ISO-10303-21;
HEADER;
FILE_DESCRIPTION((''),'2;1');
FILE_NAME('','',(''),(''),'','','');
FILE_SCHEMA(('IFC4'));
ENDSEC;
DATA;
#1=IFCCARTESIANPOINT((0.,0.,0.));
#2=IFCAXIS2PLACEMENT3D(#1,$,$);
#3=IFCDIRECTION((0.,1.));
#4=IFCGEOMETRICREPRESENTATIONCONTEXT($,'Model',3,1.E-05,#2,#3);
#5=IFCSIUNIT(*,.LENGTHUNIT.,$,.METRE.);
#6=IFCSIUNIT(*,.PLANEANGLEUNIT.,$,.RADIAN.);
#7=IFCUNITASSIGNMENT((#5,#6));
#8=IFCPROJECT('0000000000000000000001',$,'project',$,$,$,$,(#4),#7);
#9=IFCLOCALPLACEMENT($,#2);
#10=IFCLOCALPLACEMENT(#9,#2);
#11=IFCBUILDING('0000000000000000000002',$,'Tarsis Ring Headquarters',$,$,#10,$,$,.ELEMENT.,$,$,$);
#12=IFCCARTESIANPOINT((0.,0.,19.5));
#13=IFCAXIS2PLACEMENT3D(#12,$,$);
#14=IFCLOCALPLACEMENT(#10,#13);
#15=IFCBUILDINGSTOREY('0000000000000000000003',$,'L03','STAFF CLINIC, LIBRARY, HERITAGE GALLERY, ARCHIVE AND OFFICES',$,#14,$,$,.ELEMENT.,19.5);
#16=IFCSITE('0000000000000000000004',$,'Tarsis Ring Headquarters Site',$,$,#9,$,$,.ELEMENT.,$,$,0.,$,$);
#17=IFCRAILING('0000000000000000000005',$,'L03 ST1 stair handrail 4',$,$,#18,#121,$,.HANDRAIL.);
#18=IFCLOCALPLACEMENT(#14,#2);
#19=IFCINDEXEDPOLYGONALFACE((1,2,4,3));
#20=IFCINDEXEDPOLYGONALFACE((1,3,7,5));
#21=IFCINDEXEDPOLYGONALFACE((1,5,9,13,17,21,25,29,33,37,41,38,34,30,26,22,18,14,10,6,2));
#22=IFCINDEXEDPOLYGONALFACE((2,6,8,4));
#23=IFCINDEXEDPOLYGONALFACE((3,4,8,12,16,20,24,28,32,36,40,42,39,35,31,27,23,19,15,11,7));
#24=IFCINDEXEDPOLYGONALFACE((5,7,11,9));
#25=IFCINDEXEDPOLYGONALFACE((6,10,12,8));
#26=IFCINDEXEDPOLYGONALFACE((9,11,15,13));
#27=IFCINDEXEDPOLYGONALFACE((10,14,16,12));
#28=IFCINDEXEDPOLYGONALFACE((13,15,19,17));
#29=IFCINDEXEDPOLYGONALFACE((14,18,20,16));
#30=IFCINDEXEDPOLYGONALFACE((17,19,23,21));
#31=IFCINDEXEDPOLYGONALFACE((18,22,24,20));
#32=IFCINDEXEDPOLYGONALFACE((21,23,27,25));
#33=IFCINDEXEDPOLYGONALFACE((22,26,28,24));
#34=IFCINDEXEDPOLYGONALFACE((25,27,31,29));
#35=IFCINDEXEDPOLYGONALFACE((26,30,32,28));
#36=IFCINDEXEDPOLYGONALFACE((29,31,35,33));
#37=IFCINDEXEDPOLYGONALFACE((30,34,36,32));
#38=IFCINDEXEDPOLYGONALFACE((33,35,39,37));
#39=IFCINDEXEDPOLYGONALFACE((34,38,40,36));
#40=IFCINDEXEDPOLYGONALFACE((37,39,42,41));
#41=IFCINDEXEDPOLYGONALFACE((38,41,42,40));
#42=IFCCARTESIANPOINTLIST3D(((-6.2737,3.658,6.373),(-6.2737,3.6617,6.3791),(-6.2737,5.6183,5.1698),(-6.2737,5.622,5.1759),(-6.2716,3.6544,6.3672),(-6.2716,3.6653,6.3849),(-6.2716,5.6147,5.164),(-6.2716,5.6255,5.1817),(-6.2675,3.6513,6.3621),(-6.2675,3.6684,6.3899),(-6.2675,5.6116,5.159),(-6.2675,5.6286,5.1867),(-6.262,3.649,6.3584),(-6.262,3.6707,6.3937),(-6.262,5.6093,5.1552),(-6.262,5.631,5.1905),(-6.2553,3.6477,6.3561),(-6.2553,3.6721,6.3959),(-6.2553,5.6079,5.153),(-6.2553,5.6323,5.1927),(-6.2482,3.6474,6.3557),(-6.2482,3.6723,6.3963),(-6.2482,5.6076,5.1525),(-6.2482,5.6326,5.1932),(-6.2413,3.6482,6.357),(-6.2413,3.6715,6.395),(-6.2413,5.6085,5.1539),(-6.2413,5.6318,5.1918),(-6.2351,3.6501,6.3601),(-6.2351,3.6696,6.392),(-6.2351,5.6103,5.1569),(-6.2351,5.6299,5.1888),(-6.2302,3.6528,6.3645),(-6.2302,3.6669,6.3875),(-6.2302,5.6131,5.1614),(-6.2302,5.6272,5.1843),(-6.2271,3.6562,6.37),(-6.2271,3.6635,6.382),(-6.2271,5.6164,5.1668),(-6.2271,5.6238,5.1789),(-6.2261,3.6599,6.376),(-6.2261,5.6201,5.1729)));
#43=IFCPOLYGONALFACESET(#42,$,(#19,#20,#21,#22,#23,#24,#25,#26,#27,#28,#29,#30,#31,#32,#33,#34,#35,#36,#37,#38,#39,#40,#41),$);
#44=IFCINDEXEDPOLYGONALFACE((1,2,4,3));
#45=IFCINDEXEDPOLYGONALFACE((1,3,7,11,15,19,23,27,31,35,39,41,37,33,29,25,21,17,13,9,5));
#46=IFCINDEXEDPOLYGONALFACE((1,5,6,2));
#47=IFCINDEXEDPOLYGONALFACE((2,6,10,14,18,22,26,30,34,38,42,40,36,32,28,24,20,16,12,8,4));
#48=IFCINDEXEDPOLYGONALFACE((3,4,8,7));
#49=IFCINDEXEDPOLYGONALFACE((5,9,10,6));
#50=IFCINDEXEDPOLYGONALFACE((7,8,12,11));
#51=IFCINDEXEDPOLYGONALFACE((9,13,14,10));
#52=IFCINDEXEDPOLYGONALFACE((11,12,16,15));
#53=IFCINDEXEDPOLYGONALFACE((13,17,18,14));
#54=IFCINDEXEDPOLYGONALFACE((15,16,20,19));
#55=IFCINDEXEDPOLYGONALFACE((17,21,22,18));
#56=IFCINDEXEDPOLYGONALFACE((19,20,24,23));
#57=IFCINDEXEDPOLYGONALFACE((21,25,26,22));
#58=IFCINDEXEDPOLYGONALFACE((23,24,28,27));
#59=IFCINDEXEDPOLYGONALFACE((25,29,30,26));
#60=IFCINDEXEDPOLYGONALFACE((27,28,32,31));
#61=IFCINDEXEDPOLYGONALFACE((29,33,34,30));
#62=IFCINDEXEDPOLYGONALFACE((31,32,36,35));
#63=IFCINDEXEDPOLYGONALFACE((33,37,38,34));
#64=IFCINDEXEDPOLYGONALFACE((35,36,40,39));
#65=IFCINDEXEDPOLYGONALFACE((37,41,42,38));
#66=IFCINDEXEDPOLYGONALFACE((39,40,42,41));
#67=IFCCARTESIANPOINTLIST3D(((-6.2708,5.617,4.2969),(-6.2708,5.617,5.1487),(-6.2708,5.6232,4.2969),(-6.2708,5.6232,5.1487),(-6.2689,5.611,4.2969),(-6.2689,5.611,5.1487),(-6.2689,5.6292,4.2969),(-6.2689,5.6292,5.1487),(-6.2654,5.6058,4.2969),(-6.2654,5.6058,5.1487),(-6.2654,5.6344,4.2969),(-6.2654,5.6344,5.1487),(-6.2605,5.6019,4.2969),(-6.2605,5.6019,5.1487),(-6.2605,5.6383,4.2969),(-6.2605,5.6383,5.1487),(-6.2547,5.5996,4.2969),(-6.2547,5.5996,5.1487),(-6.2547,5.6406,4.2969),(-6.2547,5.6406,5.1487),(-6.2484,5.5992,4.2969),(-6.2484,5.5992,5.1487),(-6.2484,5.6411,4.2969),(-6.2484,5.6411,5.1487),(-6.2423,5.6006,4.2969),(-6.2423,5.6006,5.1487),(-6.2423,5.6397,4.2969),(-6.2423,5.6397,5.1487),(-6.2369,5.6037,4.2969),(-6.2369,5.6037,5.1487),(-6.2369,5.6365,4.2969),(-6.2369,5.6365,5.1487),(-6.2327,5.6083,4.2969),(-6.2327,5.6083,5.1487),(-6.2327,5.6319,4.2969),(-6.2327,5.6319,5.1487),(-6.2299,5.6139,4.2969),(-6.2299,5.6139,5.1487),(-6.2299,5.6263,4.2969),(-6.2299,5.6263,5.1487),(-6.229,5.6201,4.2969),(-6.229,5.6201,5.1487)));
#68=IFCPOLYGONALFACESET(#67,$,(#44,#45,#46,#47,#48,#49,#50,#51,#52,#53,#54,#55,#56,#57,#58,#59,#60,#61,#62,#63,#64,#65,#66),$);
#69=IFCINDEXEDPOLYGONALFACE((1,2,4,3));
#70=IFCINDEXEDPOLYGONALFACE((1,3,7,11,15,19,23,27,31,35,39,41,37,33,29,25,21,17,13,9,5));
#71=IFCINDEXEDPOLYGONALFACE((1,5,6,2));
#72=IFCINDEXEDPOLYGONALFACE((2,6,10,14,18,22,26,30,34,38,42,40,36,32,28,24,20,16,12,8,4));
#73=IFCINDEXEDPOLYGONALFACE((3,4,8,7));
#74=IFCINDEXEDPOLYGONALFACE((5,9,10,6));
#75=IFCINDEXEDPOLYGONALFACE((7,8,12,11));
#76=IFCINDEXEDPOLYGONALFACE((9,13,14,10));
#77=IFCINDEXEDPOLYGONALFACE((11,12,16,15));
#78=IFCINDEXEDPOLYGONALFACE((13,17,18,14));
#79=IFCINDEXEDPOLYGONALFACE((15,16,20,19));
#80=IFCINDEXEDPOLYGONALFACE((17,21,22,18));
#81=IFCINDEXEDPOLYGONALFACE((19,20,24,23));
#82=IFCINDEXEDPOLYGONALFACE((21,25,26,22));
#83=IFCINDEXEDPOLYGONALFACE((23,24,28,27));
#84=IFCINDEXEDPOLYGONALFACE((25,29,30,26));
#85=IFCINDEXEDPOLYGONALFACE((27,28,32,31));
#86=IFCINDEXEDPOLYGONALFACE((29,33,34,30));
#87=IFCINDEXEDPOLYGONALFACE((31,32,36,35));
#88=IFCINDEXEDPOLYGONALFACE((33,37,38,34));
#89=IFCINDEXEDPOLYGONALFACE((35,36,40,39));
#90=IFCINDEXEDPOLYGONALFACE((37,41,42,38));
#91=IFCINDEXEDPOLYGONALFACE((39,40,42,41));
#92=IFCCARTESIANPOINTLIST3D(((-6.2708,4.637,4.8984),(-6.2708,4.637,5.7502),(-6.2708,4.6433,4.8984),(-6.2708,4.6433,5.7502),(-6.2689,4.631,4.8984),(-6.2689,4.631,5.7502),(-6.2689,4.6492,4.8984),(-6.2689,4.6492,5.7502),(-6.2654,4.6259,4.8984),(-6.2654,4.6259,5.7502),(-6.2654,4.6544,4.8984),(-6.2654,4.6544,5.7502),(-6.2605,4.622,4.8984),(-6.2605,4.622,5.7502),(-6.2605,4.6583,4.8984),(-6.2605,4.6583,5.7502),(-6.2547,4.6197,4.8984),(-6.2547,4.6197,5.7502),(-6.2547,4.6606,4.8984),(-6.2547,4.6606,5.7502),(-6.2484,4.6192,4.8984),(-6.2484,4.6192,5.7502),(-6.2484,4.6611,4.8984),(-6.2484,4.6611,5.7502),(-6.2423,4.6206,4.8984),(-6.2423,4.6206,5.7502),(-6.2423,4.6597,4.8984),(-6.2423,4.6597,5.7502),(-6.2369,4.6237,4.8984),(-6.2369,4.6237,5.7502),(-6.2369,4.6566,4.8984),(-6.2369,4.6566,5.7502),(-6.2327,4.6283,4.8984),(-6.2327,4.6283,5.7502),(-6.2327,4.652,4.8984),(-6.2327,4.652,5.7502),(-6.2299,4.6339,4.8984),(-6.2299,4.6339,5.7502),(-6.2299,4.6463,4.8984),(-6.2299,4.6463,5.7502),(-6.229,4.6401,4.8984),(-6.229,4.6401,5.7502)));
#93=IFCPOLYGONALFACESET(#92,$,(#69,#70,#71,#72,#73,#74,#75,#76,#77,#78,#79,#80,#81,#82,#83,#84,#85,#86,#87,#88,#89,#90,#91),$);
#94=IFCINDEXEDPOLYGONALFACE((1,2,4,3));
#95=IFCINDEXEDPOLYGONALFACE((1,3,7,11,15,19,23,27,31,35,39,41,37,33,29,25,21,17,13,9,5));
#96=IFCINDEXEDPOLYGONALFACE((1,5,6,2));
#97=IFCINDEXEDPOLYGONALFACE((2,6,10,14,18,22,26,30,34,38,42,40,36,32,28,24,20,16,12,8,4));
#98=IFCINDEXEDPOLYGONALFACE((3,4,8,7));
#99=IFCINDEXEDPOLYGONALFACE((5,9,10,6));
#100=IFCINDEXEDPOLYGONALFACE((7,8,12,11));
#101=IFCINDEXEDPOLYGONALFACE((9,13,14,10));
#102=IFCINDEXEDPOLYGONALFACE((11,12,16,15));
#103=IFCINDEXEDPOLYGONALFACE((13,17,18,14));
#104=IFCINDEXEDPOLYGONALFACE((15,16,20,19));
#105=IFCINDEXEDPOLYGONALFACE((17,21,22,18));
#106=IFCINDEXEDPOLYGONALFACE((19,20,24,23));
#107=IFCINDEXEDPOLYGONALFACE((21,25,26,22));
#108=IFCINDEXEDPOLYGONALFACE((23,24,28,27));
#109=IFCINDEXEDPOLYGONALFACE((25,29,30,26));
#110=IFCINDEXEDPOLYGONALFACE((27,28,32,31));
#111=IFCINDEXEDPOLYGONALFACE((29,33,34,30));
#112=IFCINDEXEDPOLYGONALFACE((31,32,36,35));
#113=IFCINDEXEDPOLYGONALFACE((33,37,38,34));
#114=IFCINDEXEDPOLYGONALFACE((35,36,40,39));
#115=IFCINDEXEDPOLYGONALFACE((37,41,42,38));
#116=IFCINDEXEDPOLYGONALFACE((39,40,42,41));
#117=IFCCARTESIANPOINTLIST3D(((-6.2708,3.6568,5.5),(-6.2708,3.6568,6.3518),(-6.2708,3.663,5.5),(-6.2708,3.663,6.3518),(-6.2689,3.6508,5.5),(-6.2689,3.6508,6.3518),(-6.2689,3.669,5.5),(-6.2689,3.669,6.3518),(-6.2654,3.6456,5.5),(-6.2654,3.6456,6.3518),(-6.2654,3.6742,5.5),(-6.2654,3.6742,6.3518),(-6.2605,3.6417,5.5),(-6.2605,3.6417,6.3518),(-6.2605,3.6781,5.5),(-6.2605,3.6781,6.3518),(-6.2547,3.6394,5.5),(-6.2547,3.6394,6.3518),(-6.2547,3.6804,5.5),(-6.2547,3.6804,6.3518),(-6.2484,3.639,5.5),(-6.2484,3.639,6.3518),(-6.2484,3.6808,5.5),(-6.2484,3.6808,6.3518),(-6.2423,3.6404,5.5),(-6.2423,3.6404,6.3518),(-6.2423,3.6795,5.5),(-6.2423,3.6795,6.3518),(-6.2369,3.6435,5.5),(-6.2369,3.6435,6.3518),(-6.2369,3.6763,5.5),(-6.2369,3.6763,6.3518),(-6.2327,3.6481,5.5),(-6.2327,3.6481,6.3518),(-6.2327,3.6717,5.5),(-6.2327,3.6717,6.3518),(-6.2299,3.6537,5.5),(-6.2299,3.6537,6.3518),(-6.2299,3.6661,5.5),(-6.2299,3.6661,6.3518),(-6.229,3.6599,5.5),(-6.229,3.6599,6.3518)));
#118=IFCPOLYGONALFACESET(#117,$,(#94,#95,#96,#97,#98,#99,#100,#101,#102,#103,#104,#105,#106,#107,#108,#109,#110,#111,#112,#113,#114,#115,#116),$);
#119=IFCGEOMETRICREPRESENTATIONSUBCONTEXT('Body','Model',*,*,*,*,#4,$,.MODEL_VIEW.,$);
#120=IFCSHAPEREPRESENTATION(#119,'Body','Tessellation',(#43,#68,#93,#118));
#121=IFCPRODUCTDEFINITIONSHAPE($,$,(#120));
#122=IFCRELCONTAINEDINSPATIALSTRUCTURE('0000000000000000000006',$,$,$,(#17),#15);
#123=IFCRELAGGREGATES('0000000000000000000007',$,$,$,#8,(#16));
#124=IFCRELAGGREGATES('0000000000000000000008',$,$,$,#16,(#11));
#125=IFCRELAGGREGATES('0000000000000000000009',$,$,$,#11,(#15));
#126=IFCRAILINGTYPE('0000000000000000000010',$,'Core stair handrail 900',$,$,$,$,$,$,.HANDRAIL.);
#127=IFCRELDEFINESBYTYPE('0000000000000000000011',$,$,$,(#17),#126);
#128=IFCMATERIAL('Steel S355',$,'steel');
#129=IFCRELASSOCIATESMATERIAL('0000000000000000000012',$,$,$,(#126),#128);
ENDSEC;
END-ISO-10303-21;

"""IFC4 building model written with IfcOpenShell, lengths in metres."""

from ifc_helpers import new_model, si_unit, direction, frame, origin, origin_2d, place, context, subcontext, project, spatial, circle, extrude, material, type_object, element, save


model = new_model("IFC4")

# Units and contexts
model_context = context("Model", 3, precision=1e-05, world=origin(), true_north=direction((0.0, 1.0)))
body_context = subcontext(model_context, "Body", "Model", "MODEL_VIEW")
ifc_project = project(units=[si_unit("LENGTHUNIT", "METRE"), si_unit("PLANEANGLEUNIT", "RADIAN")], contexts=[model_context])

# Site, building, storey
site_placement = place(None, origin())
site = spatial("IfcSite", under=ifc_project, at=site_placement, Name="Tarsis Ring Headquarters Site", CompositionType="ELEMENT", RefElevation=0.0)
building_placement = place(site_placement, origin())
building = spatial("IfcBuilding", under=site, at=building_placement, Name="Tarsis Ring Headquarters", CompositionType="ELEMENT")
storey_placement = place(building_placement, frame((0.0, 0.0, 19.5)))
storey = spatial("IfcBuildingStorey", under=building, at=storey_placement, Name="L03", Description="STAFF CLINIC, LIBRARY, HERITAGE GALLERY, ARCHIVE AND OFFICES", CompositionType="ELEMENT", Elevation=19.5)

# Shared definitions
ifc_material_1 = material(Name="Steel S355", Category="steel")

# Railing
railing_type_1 = type_object("IfcRailingType", Name="Core stair handrail 900", PredefinedType="HANDRAIL", material=ifc_material_1)
railing_1_placement = place(storey_placement, frame((-6.25, 5.6201, 4.2969)))
element("IfcRailing", 1, at=railing_1_placement, inside=storey, type_object=railing_type_1, Name="L03 ST1 stair handrail 4", PredefinedType="HANDRAIL", context=body_context, shape_type="SweptSolid", body=[
    extrude(circle(Radius=0.0239, at=origin_2d()), frame((0.0, 0.0, 0.876), z_axis=(0.0, -0.85227, 0.523102), x_axis=(1.0, 0.0, 0.0)), (0.0, 0.0, 1.0), 2.3),
    extrude(circle(Radius=0.021, at=origin_2d()), origin(), (0.0, 0.0, 1.0), 0.8518),
    extrude(circle(Radius=0.021, at=origin_2d()), frame((0.0, -0.98, 0.6016)), (0.0, 0.0, 1.0), 0.8518),
    extrude(circle(Radius=0.021, at=origin_2d()), frame((0.0, -1.9602, 1.2031)), (0.0, 0.0, 1.0), 0.8518),
])

save(model, "model.ifc")
